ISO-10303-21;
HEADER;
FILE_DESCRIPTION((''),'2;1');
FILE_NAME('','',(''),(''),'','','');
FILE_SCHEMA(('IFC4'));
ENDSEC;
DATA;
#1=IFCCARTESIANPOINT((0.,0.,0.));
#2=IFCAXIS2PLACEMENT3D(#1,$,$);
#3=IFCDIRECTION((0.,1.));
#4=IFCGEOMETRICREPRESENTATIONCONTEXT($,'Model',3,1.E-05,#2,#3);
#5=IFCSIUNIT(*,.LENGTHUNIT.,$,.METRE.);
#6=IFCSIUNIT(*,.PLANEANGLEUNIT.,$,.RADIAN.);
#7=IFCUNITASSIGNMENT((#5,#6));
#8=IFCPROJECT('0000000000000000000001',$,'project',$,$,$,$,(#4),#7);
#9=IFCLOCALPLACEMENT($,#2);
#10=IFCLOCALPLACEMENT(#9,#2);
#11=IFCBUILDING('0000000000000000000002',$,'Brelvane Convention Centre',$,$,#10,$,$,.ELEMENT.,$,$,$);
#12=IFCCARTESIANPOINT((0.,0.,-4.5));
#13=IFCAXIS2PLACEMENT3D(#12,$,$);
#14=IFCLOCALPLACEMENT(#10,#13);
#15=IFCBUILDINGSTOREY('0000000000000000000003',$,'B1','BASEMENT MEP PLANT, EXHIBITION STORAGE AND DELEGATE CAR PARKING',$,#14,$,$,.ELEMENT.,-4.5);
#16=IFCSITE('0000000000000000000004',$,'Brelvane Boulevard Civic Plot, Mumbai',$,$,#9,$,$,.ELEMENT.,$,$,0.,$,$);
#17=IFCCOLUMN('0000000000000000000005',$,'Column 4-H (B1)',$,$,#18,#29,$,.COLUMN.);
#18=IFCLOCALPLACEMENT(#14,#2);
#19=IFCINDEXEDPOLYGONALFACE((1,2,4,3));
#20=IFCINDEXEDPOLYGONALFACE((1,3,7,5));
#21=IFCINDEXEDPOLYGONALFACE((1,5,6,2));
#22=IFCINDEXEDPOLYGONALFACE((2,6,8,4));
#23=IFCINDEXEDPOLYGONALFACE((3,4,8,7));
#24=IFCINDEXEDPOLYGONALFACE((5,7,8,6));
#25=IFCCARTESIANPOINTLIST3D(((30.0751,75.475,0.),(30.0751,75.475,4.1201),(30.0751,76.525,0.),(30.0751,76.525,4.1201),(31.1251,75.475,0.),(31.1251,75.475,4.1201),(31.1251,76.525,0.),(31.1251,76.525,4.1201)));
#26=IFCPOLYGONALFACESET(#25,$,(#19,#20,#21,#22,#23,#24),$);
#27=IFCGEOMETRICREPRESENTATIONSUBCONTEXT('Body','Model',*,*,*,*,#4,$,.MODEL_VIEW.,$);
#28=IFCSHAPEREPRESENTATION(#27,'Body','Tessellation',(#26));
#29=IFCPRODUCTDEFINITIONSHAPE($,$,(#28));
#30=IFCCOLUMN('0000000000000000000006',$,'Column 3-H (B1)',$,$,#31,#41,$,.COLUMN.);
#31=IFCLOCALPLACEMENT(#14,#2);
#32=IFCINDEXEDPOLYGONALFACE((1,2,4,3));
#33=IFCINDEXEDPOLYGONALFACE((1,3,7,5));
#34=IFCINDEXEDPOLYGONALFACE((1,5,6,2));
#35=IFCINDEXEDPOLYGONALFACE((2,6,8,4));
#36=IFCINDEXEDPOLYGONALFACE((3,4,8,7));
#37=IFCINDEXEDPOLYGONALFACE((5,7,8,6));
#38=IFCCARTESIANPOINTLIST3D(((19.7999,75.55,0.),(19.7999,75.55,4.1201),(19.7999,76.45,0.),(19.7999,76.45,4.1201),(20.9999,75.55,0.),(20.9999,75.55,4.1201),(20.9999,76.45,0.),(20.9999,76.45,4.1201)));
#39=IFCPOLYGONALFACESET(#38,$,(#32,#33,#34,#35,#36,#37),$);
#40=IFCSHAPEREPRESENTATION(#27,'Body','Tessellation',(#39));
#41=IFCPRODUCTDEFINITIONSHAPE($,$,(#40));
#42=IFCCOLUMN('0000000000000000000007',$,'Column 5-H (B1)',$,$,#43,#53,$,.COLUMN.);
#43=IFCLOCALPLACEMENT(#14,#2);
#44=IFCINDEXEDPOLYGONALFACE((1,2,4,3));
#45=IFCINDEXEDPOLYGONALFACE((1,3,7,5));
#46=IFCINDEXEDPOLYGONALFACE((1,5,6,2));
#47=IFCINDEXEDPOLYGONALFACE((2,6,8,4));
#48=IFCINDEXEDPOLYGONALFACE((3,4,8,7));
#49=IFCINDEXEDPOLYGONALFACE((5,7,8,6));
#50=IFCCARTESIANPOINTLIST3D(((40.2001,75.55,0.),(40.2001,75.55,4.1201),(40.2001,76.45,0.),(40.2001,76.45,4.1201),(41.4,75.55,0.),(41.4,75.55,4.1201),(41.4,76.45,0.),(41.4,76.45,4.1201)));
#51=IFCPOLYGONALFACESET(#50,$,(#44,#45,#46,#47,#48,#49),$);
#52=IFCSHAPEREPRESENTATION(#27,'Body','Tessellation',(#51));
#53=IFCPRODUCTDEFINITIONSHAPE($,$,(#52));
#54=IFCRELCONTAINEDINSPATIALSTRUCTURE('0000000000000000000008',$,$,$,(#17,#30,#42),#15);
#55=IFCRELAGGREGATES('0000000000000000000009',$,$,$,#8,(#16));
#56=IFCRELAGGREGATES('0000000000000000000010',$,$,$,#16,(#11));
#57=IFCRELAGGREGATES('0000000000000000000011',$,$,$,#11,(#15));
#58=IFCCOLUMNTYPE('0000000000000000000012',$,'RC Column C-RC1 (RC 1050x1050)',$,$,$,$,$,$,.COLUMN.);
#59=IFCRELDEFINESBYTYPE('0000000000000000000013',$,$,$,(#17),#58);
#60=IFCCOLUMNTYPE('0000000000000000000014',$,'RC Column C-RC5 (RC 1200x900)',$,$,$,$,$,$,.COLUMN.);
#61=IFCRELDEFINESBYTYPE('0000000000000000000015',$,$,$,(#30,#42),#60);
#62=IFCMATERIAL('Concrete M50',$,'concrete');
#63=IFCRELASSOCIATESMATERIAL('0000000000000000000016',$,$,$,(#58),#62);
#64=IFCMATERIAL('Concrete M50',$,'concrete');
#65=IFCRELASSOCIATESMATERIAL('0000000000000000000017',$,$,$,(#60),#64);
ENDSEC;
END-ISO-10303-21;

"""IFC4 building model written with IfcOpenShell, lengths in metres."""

from ifc_helpers import new_model, si_unit, direction, frame, origin, origin_2d, place, context, subcontext, project, spatial, rectangle, extrude, material, material_profile, profile_set, type_object, element, save


model = new_model("IFC4")

# Units and contexts
model_context = context("Model", 3, precision=1e-05, world=origin(), true_north=direction((0.0, 1.0)))
body_context = subcontext(model_context, "Body", "Model", "MODEL_VIEW")
ifc_project = project(units=[si_unit("LENGTHUNIT", "METRE"), si_unit("PLANEANGLEUNIT", "RADIAN")], contexts=[model_context])

# Site, building, storey
site_placement = place(None, origin())
site = spatial("IfcSite", under=ifc_project, at=site_placement, Name="Brelvane Boulevard Civic Plot, Mumbai", CompositionType="ELEMENT", RefElevation=0.0)
building_placement = place(site_placement, origin())
building = spatial("IfcBuilding", under=site, at=building_placement, Name="Brelvane Convention Centre", CompositionType="ELEMENT")
storey_placement = place(building_placement, frame((0.0, 0.0, -4.5)))
storey = spatial("IfcBuildingStorey", under=building, at=storey_placement, Name="B1", Description="BASEMENT MEP PLANT, EXHIBITION STORAGE AND DELEGATE CAR PARKING", CompositionType="ELEMENT", Elevation=-4.5)

# Columns
ifc_material_1 = material(Name="Concrete M50", Category="concrete")
ifc_material_profile_1 = material_profile(ifc_material_1, rectangle(XDim=1.05, YDim=1.05, at=origin_2d()), Name="RC 1050x1050")
ifc_profile_set_1 = profile_set([ifc_material_profile_1], Name="Concrete M50")
column_type_1 = type_object("IfcColumnType", Name="RC Column C-RC1 (RC 1050x1050)", PredefinedType="COLUMN", material=ifc_profile_set_1)
column_placement = place(storey_placement, frame((30.6001, 76.0, 0.0), z_axis=(0.0, 0.0, 1.0), x_axis=(1.0, 0.0, 0.0)))
element("IfcColumn", 1, at=column_placement, inside=storey, type_object=column_type_1, Name="Column 4-H (B1)", PredefinedType="COLUMN", context=body_context, shape_type="SweptSolid", body=[
    extrude(rectangle(XDim=1.05, YDim=1.05, at=origin_2d()), origin(), (0.0, 0.0, 1.0), 4.1201),
])
ifc_material_2 = material(Name="Concrete M50", Category="concrete")
ifc_material_profile_2 = material_profile(ifc_material_2, rectangle(XDim=1.2, YDim=0.8999, at=origin_2d()), Name="RC 1200x900")
ifc_profile_set_2 = profile_set([ifc_material_profile_2], Name="Concrete M50")
column_type_2 = type_object("IfcColumnType", Name="RC Column C-RC5 (RC 1200x900)", PredefinedType="COLUMN", material=ifc_profile_set_2)
for number, where, z_axis, x_axis, name in (
    (2, (20.3999, 76.0, 0.0), (0.0, 0.0, 1.0), (1.0, 0.0, 0.0), "Column 3-H (B1)"),
    (3, (40.8, 76.0, 0.0), (0.0, 0.0, 1.0), (1.0, 0.0, 0.0), "Column 5-H (B1)"),
):
    element("IfcColumn", number, at=place(storey_placement, frame(where, z_axis=z_axis, x_axis=x_axis)), inside=storey, type_object=column_type_2, Name=name, PredefinedType="COLUMN", context=body_context, shape_type="SweptSolid", body=[
        extrude(rectangle(XDim=1.2, YDim=0.8999, at=origin_2d()), origin(), (0.0, 0.0, 1.0), 4.1201),
    ])

save(model, "model.ifc")
